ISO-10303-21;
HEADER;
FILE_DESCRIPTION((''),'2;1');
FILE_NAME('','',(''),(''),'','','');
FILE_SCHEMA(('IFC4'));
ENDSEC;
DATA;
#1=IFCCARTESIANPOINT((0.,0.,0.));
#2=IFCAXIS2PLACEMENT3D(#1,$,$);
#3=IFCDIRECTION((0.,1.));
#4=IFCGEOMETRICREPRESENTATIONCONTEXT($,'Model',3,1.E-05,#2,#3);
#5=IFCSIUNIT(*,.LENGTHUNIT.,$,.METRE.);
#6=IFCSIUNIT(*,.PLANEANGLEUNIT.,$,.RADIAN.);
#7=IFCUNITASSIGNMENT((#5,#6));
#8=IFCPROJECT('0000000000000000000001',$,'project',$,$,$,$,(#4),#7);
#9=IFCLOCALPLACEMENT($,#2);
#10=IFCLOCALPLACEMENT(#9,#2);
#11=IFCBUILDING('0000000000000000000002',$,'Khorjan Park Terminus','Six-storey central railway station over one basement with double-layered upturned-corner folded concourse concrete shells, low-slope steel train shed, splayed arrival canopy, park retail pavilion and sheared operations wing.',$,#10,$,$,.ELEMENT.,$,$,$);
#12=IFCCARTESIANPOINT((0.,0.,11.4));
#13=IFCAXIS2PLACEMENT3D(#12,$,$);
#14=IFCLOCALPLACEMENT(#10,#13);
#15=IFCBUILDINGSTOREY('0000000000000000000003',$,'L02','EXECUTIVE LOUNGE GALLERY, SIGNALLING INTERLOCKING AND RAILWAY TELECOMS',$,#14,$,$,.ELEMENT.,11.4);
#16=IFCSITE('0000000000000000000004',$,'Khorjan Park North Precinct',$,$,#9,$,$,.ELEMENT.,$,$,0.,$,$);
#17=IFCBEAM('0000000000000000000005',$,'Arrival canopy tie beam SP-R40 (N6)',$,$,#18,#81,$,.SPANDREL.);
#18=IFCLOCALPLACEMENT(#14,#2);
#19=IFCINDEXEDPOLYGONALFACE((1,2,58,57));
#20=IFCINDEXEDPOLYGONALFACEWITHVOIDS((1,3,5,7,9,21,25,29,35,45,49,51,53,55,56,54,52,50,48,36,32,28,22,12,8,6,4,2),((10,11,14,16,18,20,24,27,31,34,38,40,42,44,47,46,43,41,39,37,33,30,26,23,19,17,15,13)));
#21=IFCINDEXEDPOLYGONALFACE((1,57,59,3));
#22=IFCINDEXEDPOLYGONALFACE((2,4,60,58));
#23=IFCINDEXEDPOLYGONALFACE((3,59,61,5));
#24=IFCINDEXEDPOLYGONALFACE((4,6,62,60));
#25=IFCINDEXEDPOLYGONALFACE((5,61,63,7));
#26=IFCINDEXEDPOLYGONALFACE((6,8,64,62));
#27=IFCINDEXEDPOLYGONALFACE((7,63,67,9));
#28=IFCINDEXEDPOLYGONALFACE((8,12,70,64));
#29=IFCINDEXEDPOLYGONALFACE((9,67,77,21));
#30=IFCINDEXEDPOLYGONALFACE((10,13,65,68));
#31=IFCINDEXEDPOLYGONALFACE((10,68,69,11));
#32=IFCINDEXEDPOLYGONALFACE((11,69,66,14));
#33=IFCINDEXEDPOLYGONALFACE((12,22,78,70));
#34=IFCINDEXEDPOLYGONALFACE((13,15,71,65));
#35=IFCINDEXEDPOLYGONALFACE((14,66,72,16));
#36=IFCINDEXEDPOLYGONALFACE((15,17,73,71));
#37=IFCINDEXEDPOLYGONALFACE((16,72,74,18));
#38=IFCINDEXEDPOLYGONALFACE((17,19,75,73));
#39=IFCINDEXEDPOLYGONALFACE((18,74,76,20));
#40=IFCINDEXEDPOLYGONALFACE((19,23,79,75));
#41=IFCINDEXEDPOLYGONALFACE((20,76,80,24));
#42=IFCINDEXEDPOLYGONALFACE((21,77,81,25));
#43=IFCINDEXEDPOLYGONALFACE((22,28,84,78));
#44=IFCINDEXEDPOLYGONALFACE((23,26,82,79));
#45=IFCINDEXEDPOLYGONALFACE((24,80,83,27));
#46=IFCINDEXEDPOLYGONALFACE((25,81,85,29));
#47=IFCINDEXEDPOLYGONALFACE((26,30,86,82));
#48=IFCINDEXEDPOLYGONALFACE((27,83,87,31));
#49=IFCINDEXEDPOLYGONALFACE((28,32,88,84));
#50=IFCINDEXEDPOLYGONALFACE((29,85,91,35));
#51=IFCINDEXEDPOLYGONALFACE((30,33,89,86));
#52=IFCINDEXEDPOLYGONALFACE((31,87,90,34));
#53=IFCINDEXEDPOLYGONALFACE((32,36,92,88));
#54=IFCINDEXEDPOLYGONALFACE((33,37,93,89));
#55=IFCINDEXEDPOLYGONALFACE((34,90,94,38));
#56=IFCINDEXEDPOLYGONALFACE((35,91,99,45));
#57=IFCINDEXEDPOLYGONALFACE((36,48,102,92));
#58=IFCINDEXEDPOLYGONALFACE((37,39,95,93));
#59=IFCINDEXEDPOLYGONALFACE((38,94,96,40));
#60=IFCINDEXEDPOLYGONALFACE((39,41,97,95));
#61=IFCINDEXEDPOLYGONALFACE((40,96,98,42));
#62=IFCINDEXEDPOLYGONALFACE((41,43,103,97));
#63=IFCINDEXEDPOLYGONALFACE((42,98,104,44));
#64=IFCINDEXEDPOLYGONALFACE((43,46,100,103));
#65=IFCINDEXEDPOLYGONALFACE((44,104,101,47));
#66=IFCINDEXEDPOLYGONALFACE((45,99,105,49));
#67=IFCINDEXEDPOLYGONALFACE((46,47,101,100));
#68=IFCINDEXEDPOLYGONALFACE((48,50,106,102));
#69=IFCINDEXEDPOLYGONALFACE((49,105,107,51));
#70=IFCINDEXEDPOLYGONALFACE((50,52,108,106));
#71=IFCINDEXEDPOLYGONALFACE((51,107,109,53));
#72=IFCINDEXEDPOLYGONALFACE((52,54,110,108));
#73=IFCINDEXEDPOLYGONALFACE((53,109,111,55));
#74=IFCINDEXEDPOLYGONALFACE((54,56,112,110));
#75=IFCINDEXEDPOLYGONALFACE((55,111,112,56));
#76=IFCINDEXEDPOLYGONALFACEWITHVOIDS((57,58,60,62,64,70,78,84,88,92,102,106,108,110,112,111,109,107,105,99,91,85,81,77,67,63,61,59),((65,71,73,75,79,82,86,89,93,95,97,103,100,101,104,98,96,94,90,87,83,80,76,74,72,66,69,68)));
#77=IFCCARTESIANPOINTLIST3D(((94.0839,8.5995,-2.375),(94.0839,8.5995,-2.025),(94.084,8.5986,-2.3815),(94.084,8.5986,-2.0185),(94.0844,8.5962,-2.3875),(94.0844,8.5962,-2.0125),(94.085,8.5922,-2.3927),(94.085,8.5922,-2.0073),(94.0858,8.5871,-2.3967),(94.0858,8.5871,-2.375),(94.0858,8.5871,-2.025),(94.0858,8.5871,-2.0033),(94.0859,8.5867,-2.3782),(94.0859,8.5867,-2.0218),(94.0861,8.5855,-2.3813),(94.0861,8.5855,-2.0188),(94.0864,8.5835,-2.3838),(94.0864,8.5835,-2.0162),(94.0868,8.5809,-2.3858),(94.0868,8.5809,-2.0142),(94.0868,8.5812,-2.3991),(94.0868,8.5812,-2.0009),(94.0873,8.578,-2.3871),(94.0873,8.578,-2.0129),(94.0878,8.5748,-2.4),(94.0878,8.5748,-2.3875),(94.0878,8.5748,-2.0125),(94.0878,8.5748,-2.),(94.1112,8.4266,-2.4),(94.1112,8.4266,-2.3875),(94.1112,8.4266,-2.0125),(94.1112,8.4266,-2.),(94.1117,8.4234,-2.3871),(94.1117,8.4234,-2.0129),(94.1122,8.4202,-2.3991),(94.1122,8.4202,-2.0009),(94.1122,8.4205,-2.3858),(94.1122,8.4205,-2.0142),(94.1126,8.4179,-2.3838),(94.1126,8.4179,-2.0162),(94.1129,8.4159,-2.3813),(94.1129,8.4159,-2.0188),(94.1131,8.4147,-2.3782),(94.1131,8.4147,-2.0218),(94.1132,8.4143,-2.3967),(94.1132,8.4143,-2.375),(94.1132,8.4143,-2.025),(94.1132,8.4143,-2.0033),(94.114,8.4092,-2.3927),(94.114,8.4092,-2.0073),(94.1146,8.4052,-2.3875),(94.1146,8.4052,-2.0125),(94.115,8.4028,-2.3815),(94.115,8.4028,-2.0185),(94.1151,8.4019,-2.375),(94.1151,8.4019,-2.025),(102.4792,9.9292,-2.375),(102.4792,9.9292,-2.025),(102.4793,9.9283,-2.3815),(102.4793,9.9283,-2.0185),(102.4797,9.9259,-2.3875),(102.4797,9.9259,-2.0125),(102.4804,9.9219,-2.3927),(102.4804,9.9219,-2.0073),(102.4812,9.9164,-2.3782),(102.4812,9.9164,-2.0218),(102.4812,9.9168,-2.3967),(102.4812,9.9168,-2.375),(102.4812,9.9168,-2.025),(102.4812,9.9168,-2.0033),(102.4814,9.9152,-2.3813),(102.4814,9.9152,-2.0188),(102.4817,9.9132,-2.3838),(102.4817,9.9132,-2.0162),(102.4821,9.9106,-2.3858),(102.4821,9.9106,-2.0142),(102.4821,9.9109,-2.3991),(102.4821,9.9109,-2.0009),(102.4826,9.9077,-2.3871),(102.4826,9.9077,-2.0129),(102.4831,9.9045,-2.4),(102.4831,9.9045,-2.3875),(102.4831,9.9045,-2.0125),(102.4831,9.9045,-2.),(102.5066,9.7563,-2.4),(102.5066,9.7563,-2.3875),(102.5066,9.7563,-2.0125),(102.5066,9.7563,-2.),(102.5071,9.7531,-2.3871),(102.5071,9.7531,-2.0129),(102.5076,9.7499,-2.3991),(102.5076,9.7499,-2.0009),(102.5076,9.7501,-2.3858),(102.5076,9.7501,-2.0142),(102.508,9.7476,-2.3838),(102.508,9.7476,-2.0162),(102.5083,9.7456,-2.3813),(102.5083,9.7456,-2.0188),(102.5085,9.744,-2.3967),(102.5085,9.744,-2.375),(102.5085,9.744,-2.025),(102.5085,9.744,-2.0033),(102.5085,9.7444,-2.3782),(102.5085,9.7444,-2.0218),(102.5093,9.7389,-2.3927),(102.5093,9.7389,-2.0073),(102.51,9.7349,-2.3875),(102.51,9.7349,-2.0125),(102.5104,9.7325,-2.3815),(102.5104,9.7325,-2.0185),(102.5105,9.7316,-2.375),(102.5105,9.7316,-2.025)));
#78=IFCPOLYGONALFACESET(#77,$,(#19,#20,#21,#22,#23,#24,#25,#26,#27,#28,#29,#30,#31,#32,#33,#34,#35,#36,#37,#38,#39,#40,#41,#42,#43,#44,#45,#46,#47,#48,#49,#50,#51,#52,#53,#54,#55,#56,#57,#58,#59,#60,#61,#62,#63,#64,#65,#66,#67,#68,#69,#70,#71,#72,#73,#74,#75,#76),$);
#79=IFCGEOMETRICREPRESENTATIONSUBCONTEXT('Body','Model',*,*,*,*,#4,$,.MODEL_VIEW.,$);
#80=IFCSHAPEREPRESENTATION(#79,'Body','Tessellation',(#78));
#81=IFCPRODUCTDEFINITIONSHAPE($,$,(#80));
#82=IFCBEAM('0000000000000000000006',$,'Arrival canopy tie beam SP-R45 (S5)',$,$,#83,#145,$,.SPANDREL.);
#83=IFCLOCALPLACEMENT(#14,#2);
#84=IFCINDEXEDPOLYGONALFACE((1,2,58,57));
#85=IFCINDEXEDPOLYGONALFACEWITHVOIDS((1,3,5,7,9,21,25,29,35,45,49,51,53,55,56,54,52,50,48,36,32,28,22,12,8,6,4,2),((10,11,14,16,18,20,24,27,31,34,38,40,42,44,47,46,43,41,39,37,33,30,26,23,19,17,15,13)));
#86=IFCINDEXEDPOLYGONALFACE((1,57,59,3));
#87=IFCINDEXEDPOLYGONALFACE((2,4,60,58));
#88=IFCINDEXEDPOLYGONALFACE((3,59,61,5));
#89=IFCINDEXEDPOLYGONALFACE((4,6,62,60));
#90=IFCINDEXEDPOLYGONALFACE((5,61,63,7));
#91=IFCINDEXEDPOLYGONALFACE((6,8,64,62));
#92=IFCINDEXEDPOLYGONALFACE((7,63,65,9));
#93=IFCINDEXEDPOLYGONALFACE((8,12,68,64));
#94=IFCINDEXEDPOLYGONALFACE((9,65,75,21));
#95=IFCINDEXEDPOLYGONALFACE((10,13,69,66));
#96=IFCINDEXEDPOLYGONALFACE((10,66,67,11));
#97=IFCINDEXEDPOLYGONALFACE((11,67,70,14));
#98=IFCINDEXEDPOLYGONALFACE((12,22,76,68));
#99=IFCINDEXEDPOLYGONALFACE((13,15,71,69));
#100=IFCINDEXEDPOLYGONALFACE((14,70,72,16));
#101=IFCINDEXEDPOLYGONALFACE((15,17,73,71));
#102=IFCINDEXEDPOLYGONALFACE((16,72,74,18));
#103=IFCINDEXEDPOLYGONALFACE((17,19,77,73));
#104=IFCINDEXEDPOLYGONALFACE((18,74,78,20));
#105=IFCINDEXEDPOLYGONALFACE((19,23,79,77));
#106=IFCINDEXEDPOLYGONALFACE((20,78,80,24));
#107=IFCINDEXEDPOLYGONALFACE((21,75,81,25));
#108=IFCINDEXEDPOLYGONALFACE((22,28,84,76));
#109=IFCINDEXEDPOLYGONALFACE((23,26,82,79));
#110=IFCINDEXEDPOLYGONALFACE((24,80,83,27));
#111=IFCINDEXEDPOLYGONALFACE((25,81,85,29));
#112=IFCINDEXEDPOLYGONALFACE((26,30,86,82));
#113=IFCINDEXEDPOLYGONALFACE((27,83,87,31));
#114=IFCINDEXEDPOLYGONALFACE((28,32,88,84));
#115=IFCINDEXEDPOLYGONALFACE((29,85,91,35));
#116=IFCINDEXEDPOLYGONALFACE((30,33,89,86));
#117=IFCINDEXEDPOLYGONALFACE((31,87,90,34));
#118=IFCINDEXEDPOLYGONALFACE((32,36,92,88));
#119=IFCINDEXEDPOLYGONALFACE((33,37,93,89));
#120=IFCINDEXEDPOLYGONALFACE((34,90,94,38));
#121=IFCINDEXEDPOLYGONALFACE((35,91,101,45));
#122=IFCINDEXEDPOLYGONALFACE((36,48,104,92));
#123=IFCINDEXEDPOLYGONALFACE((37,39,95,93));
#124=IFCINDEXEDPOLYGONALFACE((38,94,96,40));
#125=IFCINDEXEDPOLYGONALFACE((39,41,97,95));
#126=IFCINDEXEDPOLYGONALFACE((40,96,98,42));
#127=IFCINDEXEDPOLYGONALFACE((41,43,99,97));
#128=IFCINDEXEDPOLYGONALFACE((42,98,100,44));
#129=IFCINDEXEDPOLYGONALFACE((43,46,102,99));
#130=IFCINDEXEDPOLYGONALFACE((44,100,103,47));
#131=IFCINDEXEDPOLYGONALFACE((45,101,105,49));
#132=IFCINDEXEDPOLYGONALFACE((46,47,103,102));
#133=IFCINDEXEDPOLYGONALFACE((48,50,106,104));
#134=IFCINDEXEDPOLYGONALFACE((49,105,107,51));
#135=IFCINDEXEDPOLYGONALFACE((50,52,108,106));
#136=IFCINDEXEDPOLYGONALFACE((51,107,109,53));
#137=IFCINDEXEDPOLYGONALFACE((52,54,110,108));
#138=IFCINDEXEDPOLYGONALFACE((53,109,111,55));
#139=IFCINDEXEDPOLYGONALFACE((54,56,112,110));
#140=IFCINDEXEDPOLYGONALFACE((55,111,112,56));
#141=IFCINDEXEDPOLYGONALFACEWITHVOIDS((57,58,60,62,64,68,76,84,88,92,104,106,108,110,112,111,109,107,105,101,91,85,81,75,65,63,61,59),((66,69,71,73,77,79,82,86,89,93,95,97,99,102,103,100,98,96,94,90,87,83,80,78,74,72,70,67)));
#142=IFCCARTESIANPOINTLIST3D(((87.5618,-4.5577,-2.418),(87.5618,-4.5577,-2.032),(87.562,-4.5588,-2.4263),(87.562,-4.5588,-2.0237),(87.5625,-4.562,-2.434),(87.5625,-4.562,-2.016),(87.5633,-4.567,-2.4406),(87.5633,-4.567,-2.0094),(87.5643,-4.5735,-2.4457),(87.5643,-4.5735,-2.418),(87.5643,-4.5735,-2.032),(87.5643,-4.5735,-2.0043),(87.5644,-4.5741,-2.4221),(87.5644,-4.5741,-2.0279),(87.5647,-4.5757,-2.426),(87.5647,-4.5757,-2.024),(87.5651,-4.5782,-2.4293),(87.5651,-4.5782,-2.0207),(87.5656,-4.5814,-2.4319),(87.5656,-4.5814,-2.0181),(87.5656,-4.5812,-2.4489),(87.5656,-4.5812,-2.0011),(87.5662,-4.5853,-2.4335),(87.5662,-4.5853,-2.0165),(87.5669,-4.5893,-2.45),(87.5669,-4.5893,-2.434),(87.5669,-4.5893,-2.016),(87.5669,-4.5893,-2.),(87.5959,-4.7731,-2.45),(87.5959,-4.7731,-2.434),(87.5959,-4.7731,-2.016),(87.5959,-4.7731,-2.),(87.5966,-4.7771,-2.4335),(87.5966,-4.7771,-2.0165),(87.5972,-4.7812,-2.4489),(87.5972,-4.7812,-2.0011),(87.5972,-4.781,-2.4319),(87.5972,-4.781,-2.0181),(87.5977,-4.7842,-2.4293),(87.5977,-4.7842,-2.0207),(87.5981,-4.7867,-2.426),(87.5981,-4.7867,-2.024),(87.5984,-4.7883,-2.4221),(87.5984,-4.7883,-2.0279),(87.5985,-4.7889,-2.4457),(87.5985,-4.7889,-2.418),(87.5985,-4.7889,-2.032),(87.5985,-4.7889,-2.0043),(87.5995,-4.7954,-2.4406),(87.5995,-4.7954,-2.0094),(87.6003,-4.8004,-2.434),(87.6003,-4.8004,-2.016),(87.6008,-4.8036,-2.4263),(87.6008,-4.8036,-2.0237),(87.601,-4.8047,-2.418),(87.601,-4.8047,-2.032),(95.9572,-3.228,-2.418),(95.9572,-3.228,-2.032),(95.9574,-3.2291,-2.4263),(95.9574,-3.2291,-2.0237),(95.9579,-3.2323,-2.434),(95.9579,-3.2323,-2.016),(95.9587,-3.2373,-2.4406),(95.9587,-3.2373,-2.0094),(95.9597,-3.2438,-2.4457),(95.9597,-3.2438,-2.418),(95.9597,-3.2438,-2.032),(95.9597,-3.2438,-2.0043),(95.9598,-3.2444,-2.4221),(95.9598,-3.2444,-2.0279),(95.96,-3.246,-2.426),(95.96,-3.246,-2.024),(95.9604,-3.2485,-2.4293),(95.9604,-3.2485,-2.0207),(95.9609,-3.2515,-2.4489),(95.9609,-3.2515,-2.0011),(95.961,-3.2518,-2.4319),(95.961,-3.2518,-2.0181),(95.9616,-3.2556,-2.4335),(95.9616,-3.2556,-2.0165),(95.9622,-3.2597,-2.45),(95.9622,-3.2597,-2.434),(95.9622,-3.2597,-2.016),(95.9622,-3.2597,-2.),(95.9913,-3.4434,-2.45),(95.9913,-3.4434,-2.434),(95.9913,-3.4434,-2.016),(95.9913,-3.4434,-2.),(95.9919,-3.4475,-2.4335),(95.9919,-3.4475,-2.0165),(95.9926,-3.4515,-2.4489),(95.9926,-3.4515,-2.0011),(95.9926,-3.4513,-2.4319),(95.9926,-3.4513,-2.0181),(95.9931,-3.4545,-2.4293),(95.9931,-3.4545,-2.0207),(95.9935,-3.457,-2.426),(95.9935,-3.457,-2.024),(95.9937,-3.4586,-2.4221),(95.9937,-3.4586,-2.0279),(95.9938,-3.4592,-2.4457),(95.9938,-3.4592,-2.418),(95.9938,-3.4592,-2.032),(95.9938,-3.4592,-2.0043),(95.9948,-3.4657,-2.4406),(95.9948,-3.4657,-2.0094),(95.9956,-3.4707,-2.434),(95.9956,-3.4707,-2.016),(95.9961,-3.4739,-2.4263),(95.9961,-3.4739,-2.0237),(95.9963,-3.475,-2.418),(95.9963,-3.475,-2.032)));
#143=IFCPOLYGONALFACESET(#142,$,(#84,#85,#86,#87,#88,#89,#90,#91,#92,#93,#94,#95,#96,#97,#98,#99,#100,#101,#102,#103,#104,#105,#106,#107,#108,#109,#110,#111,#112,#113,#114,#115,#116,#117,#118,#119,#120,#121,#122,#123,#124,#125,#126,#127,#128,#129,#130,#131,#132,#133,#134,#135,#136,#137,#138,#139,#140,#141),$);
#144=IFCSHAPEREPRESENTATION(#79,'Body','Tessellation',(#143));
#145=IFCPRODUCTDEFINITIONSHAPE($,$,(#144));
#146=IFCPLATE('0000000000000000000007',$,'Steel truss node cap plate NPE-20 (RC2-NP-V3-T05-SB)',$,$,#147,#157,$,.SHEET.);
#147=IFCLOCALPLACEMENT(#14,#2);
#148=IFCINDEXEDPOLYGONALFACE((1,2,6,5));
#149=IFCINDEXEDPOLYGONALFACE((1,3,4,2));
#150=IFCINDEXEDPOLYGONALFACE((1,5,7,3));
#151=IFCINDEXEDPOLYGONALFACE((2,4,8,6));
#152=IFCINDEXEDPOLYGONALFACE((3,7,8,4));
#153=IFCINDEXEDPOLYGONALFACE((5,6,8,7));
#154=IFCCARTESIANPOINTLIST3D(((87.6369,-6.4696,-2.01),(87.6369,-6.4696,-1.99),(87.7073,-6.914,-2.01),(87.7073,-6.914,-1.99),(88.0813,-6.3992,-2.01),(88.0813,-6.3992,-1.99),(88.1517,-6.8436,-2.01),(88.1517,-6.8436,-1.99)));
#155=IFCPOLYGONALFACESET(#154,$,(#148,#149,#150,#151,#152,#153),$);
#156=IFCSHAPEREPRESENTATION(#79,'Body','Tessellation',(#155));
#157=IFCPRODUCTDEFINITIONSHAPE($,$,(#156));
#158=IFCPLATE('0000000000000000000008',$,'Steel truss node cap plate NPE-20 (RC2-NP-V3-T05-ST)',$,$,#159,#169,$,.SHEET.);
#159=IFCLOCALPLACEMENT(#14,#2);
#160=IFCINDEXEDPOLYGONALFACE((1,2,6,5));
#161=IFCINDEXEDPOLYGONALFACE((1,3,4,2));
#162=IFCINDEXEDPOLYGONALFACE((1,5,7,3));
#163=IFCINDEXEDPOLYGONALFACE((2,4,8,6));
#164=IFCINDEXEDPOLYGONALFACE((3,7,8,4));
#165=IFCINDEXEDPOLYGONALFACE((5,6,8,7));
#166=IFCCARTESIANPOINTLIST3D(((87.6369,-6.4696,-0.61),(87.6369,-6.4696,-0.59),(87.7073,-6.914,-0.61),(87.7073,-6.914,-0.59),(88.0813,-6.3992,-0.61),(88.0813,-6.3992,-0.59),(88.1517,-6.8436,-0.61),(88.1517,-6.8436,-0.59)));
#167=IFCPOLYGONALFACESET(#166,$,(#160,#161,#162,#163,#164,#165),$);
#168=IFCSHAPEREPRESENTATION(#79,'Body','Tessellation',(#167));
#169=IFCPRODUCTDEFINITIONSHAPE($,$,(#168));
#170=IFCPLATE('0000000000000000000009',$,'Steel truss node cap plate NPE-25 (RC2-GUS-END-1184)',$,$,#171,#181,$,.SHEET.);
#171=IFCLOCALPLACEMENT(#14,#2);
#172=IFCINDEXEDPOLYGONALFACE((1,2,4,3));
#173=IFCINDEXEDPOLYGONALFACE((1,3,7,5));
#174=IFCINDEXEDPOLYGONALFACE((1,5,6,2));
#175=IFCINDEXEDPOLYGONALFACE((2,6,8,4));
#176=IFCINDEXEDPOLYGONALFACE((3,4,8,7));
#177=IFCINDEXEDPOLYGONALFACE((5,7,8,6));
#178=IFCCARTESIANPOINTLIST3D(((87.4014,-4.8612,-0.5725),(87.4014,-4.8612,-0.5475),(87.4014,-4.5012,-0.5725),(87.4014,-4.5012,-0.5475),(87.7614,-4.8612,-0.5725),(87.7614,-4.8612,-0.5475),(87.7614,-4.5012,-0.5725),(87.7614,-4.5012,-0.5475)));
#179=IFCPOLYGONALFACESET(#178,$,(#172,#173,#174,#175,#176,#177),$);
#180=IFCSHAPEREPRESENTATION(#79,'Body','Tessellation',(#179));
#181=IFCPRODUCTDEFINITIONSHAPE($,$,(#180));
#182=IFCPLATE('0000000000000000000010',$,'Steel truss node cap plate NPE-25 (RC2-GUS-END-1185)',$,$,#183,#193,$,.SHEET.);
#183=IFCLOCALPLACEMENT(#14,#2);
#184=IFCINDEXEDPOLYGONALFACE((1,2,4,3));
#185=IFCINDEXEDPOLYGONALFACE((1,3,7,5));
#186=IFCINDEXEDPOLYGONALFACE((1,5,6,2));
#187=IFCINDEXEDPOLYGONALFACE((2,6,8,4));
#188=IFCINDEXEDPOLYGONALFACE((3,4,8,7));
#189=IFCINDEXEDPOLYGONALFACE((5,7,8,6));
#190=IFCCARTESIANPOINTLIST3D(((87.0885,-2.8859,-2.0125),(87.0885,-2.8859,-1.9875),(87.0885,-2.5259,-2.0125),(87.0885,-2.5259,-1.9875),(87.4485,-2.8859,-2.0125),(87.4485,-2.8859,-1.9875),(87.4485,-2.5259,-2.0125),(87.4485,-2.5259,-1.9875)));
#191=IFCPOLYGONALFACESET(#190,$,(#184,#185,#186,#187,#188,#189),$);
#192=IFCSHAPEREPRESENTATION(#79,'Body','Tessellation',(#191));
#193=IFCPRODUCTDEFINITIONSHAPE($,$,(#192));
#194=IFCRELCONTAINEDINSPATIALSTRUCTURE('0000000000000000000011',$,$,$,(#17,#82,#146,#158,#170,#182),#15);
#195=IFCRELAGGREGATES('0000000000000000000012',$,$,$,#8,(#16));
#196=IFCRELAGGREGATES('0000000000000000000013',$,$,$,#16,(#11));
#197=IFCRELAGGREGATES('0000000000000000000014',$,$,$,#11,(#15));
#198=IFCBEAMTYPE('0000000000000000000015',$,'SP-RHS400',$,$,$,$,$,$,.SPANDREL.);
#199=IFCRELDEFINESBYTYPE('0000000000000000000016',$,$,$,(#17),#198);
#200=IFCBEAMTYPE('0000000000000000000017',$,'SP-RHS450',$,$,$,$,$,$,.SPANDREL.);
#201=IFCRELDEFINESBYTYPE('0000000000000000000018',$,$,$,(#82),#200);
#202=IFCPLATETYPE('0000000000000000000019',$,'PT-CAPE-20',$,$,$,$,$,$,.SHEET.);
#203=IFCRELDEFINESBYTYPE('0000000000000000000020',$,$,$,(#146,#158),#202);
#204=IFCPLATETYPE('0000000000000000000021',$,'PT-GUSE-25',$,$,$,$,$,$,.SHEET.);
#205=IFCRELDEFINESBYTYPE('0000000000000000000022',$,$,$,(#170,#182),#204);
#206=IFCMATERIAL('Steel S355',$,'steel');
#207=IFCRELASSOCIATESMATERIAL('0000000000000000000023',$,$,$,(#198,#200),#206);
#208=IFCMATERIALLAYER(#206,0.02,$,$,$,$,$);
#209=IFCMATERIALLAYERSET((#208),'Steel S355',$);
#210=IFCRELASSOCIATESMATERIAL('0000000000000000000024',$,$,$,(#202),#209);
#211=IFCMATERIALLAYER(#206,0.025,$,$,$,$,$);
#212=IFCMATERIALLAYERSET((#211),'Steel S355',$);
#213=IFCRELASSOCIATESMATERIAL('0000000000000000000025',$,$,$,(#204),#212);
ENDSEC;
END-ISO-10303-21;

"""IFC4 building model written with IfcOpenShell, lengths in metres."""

from ifc_helpers import new_model, si_unit, direction, frame, origin, origin_2d, place, context, subcontext, project, spatial, rectangle, hollow_rectangle, extrude, material, layer, layer_set, material_profile, profile_set, type_object, element, save


model = new_model("IFC4")

# Units and contexts
model_context = context("Model", 3, precision=1e-05, world=origin(), true_north=direction((0.0, 1.0)))
body_context = subcontext(model_context, "Body", "Model", "MODEL_VIEW")
ifc_project = project(units=[si_unit("LENGTHUNIT", "METRE"), si_unit("PLANEANGLEUNIT", "RADIAN")], contexts=[model_context])

# Site, building, storey
site_placement = place(None, origin())
site = spatial("IfcSite", under=ifc_project, at=site_placement, Name="Khorjan Park North Precinct", CompositionType="ELEMENT", RefElevation=0.0)
building_placement = place(site_placement, origin())
building = spatial("IfcBuilding", under=site, at=building_placement, Name="Khorjan Park Terminus", Description="Six-storey central railway station over one basement with double-layered upturned-corner folded concourse concrete shells, low-slope steel train shed, splayed arrival canopy, park retail pavilion and sheared operations wing.", CompositionType="ELEMENT")
storey_placement = place(building_placement, frame((0.0, 0.0, 11.4)))
storey = spatial("IfcBuildingStorey", under=building, at=storey_placement, Name="L02", Description="EXECUTIVE LOUNGE GALLERY, SIGNALLING INTERLOCKING AND RAILWAY TELECOMS", CompositionType="ELEMENT", Elevation=11.4)

# Shared definitions
ifc_material = material(Name="Steel S355", Category="steel")

# Beams
ifc_material_profile_1 = material_profile(ifc_material, hollow_rectangle(XDim=0.2, YDim=0.4, WallThickness=0.0125, InnerFilletRadius=0.0125, OuterFilletRadius=0.025, at=origin_2d()), Name="RHS 400x200x12.5")
ifc_profile_set_1 = profile_set([ifc_material_profile_1], Name="Steel S355")
beam_type_1 = type_object("IfcBeamType", Name="SP-RHS400", PredefinedType="SPANDREL", material=ifc_profile_set_1)
beam_1_placement = place(storey_placement, frame((94.0995, 8.5007, -2.2), z_axis=(0.987688, 0.156434, 0.0), x_axis=(-0.156434, 0.987688, 0.0)))
element("IfcBeam", 1, at=beam_1_placement, inside=storey, type_object=beam_type_1, Name="Arrival canopy tie beam SP-R40 (N6)", PredefinedType="SPANDREL", context=body_context, shape_type="SweptSolid", body=[
    extrude(hollow_rectangle(XDim=0.2, YDim=0.4, WallThickness=0.0125, InnerFilletRadius=0.0125, OuterFilletRadius=0.025, at=origin_2d()), origin(), (0.0, 0.0, 1.0), 8.5),
])
ifc_material_profile_2 = material_profile(ifc_material, hollow_rectangle(XDim=0.25, YDim=0.45, WallThickness=0.016, InnerFilletRadius=0.016, OuterFilletRadius=0.032, at=origin_2d()), Name="RHS 450x250x16")
ifc_profile_set_2 = profile_set([ifc_material_profile_2], Name="Steel S355")
beam_type_2 = type_object("IfcBeamType", Name="SP-RHS450", PredefinedType="SPANDREL", material=ifc_profile_set_2)
beam_2_placement = place(storey_placement, frame((87.5814, -4.6812, -2.225), z_axis=(0.987688, 0.156434, 0.0), x_axis=(-0.156434, 0.987688, 0.0)))
element("IfcBeam", 2, at=beam_2_placement, inside=storey, type_object=beam_type_2, Name="Arrival canopy tie beam SP-R45 (S5)", PredefinedType="SPANDREL", context=body_context, shape_type="SweptSolid", body=[
    extrude(hollow_rectangle(XDim=0.25, YDim=0.45, WallThickness=0.016, InnerFilletRadius=0.016, OuterFilletRadius=0.032, at=origin_2d()), origin(), (0.0, 0.0, 1.0), 8.5),
])

# Plates
ifc_layer_1 = layer(ifc_material, 0.02)
ifc_layer_set_1 = layer_set([ifc_layer_1], Name="Steel S355")
plate_type_1 = type_object("IfcPlateType", Name="PT-CAPE-20", PredefinedType="SHEET", material=ifc_layer_set_1)
for number, where, z_axis, x_axis, name in (
    (3, (87.8943, -6.6566, -2.01), (0.0, 0.0, 1.0), (0.987688, 0.156434, 0.0), "Steel truss node cap plate NPE-20 (RC2-NP-V3-T05-SB)"),
    (4, (87.8943, -6.6566, -0.61), (0.0, 0.0, 1.0), (0.987688, 0.156434, 0.0), "Steel truss node cap plate NPE-20 (RC2-NP-V3-T05-ST)"),
):
    element("IfcPlate", number, at=place(storey_placement, frame(where, z_axis=z_axis, x_axis=x_axis)), inside=storey, type_object=plate_type_1, Name=name, PredefinedType="SHEET", context=body_context, shape_type="SweptSolid", body=[
        extrude(rectangle(XDim=0.45, YDim=0.45, at=origin_2d()), origin(), (0.0, 0.0, 1.0), 0.02),
    ])
ifc_layer_2 = layer(ifc_material, 0.025)
ifc_layer_set_2 = layer_set([ifc_layer_2], Name="Steel S355")
plate_type_2 = type_object("IfcPlateType", Name="PT-GUSE-25", PredefinedType="SHEET", material=ifc_layer_set_2)
for number, where, z_axis, x_axis, name in (
    (5, (87.5814, -4.6812, -0.5725), (0.0, 0.0, 1.0), (1.0, 0.0, 0.0), "Steel truss node cap plate NPE-25 (RC2-GUS-END-1184)"),
    (6, (87.2685, -2.7059, -2.0125), (0.0, 0.0, 1.0), (1.0, 0.0, 0.0), "Steel truss node cap plate NPE-25 (RC2-GUS-END-1185)"),
):
    element("IfcPlate", number, at=place(storey_placement, frame(where, z_axis=z_axis, x_axis=x_axis)), inside=storey, type_object=plate_type_2, Name=name, PredefinedType="SHEET", context=body_context, shape_type="SweptSolid", body=[
        extrude(rectangle(XDim=0.36, YDim=0.36, at=origin_2d()), origin(), (0.0, 0.0, 1.0), 0.025),
    ])

save(model, "model.ifc")
